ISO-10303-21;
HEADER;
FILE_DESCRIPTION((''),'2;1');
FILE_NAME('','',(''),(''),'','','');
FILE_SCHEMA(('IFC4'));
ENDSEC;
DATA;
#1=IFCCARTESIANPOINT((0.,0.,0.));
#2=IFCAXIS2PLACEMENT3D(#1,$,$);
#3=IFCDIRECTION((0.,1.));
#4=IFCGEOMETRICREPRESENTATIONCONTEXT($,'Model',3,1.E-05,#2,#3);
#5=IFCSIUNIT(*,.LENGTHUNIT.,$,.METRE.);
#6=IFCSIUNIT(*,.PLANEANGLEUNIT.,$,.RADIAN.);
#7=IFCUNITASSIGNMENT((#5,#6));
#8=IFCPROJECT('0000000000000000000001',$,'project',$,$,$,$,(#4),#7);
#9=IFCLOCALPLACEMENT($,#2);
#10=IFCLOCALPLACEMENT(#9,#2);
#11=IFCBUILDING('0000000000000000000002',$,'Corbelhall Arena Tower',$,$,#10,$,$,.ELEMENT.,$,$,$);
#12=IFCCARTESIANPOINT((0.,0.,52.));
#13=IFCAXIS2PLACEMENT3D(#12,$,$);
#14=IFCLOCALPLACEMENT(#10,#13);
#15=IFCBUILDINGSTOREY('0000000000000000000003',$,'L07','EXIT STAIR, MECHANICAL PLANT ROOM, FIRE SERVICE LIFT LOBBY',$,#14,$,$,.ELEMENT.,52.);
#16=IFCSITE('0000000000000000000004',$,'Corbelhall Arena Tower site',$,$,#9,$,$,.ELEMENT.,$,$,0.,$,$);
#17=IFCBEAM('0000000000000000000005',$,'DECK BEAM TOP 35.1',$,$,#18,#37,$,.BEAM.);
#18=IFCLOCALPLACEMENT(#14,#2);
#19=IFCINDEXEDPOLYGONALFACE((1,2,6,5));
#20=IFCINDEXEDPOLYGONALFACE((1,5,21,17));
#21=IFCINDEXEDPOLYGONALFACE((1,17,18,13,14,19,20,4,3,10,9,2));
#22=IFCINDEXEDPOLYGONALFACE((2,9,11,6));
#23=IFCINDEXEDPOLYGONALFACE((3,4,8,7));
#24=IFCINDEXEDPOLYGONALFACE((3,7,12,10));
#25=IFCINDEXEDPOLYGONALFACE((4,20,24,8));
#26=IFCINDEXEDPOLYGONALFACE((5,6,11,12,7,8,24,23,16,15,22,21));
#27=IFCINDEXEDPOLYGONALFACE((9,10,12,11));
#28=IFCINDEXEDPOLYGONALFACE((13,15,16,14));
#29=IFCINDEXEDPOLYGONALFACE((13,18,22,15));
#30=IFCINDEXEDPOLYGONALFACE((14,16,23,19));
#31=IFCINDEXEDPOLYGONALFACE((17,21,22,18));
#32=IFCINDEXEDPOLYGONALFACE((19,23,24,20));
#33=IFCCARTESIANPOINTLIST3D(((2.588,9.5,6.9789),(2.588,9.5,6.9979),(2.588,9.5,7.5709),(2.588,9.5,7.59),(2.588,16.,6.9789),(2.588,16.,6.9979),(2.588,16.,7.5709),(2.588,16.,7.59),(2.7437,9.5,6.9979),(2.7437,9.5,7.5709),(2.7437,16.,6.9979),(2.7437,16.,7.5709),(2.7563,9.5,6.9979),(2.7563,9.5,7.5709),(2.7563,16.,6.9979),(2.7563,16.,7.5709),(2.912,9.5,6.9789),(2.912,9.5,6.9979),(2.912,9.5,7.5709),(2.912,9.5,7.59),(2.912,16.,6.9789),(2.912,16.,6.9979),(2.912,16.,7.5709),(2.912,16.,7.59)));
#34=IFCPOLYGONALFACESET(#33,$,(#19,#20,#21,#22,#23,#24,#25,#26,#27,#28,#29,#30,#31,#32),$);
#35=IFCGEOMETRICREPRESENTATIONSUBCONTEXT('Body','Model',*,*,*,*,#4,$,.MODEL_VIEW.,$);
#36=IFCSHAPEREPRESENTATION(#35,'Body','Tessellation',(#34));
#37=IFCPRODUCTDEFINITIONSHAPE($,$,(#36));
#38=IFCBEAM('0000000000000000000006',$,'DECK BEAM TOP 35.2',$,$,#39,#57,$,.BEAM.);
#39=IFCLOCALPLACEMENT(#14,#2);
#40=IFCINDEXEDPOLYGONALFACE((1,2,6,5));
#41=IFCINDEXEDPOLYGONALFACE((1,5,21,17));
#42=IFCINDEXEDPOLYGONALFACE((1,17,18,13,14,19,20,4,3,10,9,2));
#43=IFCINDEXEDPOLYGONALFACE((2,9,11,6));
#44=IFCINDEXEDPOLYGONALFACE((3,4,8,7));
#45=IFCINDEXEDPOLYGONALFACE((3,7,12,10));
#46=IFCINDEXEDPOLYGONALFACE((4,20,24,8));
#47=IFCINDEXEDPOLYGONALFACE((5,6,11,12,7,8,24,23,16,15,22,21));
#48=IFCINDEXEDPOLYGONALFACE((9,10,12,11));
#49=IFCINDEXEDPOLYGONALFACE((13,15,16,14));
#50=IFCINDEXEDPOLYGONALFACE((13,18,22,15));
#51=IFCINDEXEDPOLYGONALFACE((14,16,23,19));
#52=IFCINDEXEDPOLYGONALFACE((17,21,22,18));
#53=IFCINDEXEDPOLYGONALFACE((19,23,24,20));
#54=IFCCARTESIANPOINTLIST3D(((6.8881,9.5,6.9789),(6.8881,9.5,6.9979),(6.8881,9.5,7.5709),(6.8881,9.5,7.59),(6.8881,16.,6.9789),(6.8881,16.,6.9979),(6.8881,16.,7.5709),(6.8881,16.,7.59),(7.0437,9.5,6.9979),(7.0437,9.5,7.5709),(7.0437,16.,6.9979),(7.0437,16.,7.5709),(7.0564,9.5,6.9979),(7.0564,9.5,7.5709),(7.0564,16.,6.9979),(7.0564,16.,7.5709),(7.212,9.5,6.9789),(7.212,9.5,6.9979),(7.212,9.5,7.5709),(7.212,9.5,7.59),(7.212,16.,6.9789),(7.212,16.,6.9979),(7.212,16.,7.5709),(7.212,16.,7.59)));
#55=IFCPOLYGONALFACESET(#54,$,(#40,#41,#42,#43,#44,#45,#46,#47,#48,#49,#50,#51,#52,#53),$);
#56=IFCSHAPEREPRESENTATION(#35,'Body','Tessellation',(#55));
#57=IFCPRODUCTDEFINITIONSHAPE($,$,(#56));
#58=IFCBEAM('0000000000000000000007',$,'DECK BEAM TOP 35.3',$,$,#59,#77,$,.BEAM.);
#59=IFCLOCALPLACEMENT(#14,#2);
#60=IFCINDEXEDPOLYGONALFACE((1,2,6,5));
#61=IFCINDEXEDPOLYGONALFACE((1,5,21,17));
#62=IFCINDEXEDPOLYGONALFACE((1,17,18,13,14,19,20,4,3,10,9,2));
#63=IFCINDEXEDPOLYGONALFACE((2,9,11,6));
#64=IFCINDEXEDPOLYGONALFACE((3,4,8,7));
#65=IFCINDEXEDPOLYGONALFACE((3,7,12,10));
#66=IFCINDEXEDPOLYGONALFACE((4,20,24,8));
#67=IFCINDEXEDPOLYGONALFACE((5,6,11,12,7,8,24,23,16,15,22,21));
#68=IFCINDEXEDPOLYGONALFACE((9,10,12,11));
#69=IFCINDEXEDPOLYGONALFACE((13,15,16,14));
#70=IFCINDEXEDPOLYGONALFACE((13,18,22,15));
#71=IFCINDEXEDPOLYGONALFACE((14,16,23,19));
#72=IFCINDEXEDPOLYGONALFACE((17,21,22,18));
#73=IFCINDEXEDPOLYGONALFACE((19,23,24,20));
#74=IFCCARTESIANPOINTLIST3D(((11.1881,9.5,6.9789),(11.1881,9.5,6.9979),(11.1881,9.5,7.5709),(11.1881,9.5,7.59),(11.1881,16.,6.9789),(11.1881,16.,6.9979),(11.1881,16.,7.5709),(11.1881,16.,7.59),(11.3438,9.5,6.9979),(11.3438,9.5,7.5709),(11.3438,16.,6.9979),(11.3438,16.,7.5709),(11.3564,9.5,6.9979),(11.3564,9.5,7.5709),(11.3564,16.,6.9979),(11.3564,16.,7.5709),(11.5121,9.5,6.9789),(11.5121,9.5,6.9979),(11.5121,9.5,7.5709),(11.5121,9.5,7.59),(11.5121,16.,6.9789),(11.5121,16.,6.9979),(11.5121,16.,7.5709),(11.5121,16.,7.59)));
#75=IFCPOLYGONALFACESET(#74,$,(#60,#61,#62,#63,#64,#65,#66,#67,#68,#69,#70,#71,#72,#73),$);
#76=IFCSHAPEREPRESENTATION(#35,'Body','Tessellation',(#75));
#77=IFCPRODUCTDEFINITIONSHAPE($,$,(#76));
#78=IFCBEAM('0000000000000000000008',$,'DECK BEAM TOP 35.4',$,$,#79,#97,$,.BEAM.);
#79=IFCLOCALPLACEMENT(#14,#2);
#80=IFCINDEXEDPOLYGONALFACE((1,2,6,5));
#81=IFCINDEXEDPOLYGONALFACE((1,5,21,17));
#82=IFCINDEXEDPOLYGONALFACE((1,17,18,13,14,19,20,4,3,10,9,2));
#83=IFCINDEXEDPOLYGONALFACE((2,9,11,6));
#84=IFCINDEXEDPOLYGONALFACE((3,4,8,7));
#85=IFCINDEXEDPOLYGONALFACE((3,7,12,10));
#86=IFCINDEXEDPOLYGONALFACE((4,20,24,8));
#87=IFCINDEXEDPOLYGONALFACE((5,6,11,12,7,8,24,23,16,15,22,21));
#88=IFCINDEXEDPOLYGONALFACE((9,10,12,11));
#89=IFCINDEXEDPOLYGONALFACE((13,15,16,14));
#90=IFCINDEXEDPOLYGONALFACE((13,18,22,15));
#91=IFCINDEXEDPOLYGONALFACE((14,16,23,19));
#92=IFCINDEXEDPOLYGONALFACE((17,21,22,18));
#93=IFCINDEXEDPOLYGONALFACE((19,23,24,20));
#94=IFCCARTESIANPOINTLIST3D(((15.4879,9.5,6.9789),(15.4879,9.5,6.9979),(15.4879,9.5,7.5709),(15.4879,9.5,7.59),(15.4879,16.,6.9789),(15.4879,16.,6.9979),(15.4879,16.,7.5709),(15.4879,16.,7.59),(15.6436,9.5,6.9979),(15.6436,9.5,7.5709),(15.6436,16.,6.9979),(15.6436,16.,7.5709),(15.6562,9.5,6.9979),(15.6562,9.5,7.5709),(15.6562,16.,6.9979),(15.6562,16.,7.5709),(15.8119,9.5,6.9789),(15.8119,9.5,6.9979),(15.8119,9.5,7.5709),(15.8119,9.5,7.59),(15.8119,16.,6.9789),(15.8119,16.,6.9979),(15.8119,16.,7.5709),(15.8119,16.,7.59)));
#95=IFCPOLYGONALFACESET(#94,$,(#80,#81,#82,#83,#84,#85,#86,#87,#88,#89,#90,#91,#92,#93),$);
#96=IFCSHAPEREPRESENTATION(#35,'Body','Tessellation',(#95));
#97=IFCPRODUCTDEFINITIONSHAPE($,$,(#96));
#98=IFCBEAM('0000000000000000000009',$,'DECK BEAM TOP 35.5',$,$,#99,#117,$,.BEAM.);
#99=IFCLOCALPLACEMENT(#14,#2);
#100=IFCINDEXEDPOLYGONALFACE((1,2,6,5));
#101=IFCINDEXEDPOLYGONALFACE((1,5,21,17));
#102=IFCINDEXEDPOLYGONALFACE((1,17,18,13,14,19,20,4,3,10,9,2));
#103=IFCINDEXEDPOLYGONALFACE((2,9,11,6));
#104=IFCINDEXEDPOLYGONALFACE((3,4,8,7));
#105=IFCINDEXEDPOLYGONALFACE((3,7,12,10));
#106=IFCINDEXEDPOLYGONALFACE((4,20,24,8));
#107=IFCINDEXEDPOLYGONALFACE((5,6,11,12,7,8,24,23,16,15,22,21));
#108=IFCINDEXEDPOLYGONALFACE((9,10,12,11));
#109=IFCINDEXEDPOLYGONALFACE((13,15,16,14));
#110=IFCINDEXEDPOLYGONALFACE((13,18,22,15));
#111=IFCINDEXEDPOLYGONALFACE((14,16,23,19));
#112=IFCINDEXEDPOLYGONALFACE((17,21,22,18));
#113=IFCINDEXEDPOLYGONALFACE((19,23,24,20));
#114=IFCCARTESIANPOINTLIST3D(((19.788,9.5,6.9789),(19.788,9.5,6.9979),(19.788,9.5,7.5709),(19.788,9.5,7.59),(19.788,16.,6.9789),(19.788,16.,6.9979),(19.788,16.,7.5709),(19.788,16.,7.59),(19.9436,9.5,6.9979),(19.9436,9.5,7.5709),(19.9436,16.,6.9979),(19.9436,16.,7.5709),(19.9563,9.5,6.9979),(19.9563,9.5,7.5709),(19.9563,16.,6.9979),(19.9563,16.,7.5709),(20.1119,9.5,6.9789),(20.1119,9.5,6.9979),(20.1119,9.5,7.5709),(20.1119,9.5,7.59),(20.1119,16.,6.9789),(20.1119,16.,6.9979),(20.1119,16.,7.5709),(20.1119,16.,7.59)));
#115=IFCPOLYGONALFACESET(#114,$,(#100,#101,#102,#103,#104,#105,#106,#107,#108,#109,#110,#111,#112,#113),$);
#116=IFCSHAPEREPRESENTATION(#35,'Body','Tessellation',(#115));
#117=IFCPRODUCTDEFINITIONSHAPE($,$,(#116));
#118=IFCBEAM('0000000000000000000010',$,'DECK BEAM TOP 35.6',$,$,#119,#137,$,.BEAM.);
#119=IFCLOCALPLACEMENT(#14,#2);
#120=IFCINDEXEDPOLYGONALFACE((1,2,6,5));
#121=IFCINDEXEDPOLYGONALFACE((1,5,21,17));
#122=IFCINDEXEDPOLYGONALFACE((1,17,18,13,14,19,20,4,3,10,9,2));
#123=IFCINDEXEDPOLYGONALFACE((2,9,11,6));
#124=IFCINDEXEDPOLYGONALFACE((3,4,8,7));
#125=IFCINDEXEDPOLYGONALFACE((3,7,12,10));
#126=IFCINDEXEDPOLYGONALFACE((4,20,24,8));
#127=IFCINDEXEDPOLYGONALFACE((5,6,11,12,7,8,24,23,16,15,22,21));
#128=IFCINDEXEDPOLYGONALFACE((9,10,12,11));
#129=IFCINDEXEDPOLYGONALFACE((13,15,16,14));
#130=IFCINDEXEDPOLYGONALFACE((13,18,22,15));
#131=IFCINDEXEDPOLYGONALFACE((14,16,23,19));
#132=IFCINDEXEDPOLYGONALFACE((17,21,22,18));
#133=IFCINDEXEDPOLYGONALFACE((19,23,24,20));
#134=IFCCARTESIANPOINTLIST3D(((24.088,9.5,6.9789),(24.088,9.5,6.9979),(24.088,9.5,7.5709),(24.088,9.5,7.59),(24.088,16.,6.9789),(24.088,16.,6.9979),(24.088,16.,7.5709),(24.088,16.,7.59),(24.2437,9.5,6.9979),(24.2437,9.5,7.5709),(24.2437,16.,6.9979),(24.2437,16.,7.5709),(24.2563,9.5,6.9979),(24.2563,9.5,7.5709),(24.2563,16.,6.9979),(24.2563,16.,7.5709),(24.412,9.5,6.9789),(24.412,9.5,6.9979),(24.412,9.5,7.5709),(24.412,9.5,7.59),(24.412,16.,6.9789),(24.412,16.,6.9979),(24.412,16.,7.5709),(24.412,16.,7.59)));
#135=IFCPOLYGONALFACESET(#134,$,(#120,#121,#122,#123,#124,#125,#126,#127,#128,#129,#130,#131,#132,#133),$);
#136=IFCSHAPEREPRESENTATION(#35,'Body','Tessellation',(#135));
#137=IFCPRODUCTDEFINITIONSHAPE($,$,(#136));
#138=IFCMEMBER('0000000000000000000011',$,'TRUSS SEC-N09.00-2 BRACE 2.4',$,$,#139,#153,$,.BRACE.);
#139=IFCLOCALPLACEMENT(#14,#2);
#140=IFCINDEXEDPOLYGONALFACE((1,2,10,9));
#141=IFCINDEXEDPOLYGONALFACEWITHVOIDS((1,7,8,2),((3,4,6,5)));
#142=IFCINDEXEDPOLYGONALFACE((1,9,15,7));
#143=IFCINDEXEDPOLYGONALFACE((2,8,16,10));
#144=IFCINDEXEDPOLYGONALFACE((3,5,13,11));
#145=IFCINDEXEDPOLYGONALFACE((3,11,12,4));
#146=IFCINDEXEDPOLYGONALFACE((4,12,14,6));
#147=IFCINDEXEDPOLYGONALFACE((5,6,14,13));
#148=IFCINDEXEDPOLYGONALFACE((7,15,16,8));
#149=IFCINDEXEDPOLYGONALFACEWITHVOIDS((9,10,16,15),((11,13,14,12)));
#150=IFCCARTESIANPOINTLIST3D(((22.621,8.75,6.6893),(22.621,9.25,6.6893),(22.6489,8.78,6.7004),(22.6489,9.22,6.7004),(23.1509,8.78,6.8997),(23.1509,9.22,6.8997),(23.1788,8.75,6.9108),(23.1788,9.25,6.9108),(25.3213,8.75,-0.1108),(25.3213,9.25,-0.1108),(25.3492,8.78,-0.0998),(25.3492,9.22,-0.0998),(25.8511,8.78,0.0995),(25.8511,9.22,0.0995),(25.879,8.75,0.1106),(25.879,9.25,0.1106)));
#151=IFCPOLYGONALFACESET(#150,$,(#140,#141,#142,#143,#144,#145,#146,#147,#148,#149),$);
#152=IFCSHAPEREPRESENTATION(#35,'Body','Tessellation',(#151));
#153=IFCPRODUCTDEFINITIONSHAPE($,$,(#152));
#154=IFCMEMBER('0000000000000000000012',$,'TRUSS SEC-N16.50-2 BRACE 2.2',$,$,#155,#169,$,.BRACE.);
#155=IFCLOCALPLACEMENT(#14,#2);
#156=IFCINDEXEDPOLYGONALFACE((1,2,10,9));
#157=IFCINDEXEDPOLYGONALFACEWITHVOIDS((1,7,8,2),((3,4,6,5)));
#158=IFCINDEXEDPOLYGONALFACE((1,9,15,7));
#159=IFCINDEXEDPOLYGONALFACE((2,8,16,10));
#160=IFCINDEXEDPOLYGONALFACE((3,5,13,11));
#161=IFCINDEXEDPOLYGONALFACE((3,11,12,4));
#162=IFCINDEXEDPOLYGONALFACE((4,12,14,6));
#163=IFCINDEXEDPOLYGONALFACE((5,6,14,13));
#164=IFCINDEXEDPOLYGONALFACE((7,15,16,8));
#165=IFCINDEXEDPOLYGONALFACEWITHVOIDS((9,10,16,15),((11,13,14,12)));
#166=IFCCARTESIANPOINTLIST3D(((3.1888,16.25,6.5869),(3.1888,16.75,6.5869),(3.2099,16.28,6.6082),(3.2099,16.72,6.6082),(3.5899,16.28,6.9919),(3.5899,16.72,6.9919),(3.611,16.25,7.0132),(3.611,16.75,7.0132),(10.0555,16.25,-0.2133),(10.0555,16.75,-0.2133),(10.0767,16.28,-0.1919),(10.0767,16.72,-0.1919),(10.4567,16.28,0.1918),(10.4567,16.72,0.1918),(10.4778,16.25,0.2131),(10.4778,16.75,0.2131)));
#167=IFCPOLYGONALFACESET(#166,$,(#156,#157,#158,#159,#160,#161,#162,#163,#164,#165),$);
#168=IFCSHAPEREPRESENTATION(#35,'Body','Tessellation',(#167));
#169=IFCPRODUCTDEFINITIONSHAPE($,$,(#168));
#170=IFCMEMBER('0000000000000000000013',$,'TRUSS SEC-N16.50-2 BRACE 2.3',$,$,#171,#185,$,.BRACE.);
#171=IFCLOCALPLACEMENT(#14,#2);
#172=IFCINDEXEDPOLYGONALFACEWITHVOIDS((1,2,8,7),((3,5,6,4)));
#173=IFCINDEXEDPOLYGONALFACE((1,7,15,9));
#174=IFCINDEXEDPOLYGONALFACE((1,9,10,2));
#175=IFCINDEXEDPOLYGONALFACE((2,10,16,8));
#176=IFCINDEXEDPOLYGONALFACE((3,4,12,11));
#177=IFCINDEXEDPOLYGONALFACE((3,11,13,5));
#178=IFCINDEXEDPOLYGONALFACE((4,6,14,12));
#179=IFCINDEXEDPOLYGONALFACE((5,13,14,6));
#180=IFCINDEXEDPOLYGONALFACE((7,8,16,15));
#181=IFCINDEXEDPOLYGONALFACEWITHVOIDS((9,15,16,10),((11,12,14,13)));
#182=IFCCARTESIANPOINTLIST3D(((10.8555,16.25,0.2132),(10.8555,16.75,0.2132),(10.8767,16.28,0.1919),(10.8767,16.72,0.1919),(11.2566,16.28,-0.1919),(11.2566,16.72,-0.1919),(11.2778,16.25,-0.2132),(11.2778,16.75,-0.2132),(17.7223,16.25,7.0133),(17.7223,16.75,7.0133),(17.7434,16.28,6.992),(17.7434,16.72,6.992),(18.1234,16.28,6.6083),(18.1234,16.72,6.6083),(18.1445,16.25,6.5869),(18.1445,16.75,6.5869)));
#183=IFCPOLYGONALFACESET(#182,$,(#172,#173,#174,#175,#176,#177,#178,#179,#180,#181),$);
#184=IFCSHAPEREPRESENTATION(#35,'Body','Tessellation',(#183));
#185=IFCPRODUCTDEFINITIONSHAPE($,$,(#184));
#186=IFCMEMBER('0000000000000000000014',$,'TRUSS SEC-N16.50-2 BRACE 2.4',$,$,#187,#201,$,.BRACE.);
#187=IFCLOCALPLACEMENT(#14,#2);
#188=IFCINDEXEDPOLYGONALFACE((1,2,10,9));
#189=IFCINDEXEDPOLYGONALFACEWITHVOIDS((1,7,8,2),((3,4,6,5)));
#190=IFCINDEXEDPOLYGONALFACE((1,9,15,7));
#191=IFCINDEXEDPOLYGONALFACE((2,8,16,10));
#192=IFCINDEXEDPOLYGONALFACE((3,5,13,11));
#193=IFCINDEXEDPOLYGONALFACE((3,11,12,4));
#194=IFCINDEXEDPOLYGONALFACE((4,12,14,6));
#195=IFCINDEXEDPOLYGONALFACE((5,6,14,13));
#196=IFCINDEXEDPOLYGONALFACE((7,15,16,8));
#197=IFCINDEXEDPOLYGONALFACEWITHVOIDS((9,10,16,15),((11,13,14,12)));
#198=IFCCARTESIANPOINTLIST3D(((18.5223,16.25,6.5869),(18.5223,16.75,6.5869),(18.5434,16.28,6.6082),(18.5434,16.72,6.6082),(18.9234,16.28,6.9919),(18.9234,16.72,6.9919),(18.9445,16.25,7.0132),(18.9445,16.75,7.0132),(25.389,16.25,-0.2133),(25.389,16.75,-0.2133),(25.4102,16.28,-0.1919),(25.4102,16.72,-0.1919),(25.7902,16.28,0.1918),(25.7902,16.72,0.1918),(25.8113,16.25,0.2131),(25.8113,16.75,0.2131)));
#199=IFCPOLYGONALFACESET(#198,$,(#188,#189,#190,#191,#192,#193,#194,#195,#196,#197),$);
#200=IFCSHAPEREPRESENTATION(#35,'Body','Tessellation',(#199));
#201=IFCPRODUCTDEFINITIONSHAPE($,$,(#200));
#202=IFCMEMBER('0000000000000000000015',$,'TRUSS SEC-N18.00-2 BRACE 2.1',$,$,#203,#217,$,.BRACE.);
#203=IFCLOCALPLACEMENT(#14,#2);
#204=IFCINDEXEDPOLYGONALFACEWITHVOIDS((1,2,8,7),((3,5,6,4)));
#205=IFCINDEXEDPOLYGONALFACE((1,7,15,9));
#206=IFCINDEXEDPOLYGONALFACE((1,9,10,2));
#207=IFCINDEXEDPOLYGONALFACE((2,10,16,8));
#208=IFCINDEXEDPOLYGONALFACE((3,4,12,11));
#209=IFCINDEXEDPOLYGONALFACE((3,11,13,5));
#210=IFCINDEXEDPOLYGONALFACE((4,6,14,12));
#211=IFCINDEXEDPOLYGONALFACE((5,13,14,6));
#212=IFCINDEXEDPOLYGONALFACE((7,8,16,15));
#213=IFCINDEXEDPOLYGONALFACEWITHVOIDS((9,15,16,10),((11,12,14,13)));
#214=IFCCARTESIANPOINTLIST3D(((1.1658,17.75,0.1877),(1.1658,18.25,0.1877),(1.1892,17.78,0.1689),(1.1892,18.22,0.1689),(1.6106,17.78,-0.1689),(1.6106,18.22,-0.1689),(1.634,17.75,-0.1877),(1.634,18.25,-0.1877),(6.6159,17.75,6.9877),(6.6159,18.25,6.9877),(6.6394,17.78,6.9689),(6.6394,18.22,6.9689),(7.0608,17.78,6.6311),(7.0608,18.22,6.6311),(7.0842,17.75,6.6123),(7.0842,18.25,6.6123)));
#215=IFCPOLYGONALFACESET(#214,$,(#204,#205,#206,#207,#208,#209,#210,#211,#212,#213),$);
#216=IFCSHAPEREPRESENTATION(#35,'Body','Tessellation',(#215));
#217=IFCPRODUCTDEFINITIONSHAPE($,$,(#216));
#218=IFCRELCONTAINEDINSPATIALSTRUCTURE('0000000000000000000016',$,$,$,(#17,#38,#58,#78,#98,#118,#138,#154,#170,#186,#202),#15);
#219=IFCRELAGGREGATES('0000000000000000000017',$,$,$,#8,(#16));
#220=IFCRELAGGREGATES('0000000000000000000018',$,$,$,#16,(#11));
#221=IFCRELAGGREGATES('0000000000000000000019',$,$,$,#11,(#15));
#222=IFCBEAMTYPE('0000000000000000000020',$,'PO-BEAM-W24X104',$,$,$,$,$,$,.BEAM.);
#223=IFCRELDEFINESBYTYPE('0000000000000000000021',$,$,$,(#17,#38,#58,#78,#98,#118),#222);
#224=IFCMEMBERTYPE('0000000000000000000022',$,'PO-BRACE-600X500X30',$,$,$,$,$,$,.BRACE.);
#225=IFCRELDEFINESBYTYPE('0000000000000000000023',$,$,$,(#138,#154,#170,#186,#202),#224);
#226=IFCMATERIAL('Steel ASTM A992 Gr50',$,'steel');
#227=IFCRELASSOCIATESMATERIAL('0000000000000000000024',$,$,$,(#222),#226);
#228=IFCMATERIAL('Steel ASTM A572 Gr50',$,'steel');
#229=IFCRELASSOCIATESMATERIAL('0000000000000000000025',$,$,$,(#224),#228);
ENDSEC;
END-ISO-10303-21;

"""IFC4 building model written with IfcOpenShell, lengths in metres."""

from ifc_helpers import new_model, si_unit, direction, frame, origin, origin_2d, place, context, subcontext, project, spatial, hollow_rectangle, i_section, extrude, material, material_profile, profile_set, type_object, element, save


model = new_model("IFC4")

# Units and contexts
model_context = context("Model", 3, precision=1e-05, world=origin(), true_north=direction((0.0, 1.0)))
body_context = subcontext(model_context, "Body", "Model", "MODEL_VIEW")
ifc_project = project(units=[si_unit("LENGTHUNIT", "METRE"), si_unit("PLANEANGLEUNIT", "RADIAN")], contexts=[model_context])

# Site, building, storey
site_placement = place(None, origin())
site = spatial("IfcSite", under=ifc_project, at=site_placement, Name="Corbelhall Arena Tower site", CompositionType="ELEMENT", RefElevation=0.0)
building_placement = place(site_placement, origin())
building = spatial("IfcBuilding", under=site, at=building_placement, Name="Corbelhall Arena Tower", CompositionType="ELEMENT")
storey_placement = place(building_placement, frame((0.0, 0.0, 52.0)))
storey = spatial("IfcBuildingStorey", under=building, at=storey_placement, Name="L07", Description="EXIT STAIR, MECHANICAL PLANT ROOM, FIRE SERVICE LIFT LOBBY", CompositionType="ELEMENT", Elevation=52.0)

# Beams
ifc_material_1 = material(Name="Steel ASTM A992 Gr50", Category="steel")
ifc_material_profile_1 = material_profile(ifc_material_1, i_section(OverallWidth=0.324, OverallDepth=0.6111, WebThickness=0.0127, FlangeThickness=0.019, at=origin_2d()))
ifc_profile_set_1 = profile_set([ifc_material_profile_1], Name="Steel ASTM A992 Gr50")
beam_type = type_object("IfcBeamType", Name="PO-BEAM-W24X104", PredefinedType="BEAM", material=ifc_profile_set_1)
for number, where, z_axis, x_axis, name in (
    (1, (2.75, 9.5, 7.2844), (0.0, 1.0, 0.0), (-1.0, 0.0, 0.0), "DECK BEAM TOP 35.1"),
    (2, (7.05, 9.5, 7.2844), (0.0, 1.0, 0.0), (-1.0, 0.0, 0.0), "DECK BEAM TOP 35.2"),
    (3, (11.3501, 9.5, 7.2844), (0.0, 1.0, 0.0), (-1.0, 0.0, 0.0), "DECK BEAM TOP 35.3"),
    (4, (15.6499, 9.5, 7.2844), (0.0, 1.0, 0.0), (-1.0, 0.0, 0.0), "DECK BEAM TOP 35.4"),
    (5, (19.95, 9.5, 7.2844), (0.0, 1.0, 0.0), (-1.0, 0.0, 0.0), "DECK BEAM TOP 35.5"),
    (6, (24.25, 9.5, 7.2844), (0.0, 1.0, 0.0), (-1.0, 0.0, 0.0), "DECK BEAM TOP 35.6"),
):
    element("IfcBeam", number, at=place(storey_placement, frame(where, z_axis=z_axis, x_axis=x_axis)), inside=storey, type_object=beam_type, Name=name, PredefinedType="BEAM", context=body_context, shape_type="SweptSolid", body=[
        extrude(i_section(OverallWidth=0.324, OverallDepth=0.6111, WebThickness=0.0127, FlangeThickness=0.019, at=origin_2d()), origin(), (0.0, 0.0, 1.0), 6.5),
    ])

# Members
ifc_material_2 = material(Name="Steel ASTM A572 Gr50", Category="steel")
ifc_material_profile_2 = material_profile(ifc_material_2, hollow_rectangle(XDim=0.5, YDim=0.6001, WallThickness=0.03, at=origin_2d()))
ifc_profile_set_2 = profile_set([ifc_material_profile_2], Name="Steel ASTM A572 Gr50")
member_type_1 = type_object("IfcMemberType", Name="PO-BRACE-600X500X30", PredefinedType="BRACE", material=ifc_profile_set_2)
member_1_placement = place(storey_placement, frame((22.8999, 9.0, 6.8), z_axis=(0.369054, 0.0, -0.929408), x_axis=(0.0, 1.0, 0.0)))
element("IfcMember", 7, at=member_1_placement, inside=storey, type_object=member_type_1, Name="TRUSS SEC-N09.00-2 BRACE 2.4", PredefinedType="BRACE", context=body_context, shape_type="SweptSolid", body=[
    extrude(hollow_rectangle(XDim=0.5, YDim=0.6001, WallThickness=0.03, at=origin_2d()), origin(), (0.0, 0.0, 1.0), 7.3167),
])
for number, where, z_axis, x_axis, name in (
    (8, (3.3999, 16.5, 6.8), (0.710547, 0.0, -0.70365), (0.0, 1.0, 0.0), "TRUSS SEC-N16.50-2 BRACE 2.2"),
    (9, (11.0667, 16.5, 0.0), (0.710547, 0.0, 0.70365), (0.0, 1.0, 0.0), "TRUSS SEC-N16.50-2 BRACE 2.3"),
    (10, (18.7334, 16.5, 6.8), (0.710547, 0.0, -0.70365), (0.0, 1.0, 0.0), "TRUSS SEC-N16.50-2 BRACE 2.4"),
):
    element("IfcMember", number, at=place(storey_placement, frame(where, z_axis=z_axis, x_axis=x_axis)), inside=storey, type_object=member_type_1, Name=name, PredefinedType="BRACE", context=body_context, shape_type="SweptSolid", body=[
        extrude(hollow_rectangle(XDim=0.5, YDim=0.6001, WallThickness=0.03, at=origin_2d()), origin(), (0.0, 0.0, 1.0), 9.6641),
    ])
for number, where, z_axis, x_axis, name in (
    (11, (1.3999, 18.0, 0.0), (0.625405, 0.0, 0.7803), (0.0, 1.0, 0.0), "TRUSS SEC-N18.00-2 BRACE 2.1"),
):
    element("IfcMember", number, at=place(storey_placement, frame(where, z_axis=z_axis, x_axis=x_axis)), inside=storey, type_object=member_type_1, Name=name, PredefinedType="BRACE", context=body_context, shape_type="SweptSolid", body=[
        extrude(hollow_rectangle(XDim=0.5, YDim=0.6001, WallThickness=0.03, at=origin_2d()), origin(), (0.0, 0.0, 1.0), 8.7146),
    ])

save(model, "model.ifc")
